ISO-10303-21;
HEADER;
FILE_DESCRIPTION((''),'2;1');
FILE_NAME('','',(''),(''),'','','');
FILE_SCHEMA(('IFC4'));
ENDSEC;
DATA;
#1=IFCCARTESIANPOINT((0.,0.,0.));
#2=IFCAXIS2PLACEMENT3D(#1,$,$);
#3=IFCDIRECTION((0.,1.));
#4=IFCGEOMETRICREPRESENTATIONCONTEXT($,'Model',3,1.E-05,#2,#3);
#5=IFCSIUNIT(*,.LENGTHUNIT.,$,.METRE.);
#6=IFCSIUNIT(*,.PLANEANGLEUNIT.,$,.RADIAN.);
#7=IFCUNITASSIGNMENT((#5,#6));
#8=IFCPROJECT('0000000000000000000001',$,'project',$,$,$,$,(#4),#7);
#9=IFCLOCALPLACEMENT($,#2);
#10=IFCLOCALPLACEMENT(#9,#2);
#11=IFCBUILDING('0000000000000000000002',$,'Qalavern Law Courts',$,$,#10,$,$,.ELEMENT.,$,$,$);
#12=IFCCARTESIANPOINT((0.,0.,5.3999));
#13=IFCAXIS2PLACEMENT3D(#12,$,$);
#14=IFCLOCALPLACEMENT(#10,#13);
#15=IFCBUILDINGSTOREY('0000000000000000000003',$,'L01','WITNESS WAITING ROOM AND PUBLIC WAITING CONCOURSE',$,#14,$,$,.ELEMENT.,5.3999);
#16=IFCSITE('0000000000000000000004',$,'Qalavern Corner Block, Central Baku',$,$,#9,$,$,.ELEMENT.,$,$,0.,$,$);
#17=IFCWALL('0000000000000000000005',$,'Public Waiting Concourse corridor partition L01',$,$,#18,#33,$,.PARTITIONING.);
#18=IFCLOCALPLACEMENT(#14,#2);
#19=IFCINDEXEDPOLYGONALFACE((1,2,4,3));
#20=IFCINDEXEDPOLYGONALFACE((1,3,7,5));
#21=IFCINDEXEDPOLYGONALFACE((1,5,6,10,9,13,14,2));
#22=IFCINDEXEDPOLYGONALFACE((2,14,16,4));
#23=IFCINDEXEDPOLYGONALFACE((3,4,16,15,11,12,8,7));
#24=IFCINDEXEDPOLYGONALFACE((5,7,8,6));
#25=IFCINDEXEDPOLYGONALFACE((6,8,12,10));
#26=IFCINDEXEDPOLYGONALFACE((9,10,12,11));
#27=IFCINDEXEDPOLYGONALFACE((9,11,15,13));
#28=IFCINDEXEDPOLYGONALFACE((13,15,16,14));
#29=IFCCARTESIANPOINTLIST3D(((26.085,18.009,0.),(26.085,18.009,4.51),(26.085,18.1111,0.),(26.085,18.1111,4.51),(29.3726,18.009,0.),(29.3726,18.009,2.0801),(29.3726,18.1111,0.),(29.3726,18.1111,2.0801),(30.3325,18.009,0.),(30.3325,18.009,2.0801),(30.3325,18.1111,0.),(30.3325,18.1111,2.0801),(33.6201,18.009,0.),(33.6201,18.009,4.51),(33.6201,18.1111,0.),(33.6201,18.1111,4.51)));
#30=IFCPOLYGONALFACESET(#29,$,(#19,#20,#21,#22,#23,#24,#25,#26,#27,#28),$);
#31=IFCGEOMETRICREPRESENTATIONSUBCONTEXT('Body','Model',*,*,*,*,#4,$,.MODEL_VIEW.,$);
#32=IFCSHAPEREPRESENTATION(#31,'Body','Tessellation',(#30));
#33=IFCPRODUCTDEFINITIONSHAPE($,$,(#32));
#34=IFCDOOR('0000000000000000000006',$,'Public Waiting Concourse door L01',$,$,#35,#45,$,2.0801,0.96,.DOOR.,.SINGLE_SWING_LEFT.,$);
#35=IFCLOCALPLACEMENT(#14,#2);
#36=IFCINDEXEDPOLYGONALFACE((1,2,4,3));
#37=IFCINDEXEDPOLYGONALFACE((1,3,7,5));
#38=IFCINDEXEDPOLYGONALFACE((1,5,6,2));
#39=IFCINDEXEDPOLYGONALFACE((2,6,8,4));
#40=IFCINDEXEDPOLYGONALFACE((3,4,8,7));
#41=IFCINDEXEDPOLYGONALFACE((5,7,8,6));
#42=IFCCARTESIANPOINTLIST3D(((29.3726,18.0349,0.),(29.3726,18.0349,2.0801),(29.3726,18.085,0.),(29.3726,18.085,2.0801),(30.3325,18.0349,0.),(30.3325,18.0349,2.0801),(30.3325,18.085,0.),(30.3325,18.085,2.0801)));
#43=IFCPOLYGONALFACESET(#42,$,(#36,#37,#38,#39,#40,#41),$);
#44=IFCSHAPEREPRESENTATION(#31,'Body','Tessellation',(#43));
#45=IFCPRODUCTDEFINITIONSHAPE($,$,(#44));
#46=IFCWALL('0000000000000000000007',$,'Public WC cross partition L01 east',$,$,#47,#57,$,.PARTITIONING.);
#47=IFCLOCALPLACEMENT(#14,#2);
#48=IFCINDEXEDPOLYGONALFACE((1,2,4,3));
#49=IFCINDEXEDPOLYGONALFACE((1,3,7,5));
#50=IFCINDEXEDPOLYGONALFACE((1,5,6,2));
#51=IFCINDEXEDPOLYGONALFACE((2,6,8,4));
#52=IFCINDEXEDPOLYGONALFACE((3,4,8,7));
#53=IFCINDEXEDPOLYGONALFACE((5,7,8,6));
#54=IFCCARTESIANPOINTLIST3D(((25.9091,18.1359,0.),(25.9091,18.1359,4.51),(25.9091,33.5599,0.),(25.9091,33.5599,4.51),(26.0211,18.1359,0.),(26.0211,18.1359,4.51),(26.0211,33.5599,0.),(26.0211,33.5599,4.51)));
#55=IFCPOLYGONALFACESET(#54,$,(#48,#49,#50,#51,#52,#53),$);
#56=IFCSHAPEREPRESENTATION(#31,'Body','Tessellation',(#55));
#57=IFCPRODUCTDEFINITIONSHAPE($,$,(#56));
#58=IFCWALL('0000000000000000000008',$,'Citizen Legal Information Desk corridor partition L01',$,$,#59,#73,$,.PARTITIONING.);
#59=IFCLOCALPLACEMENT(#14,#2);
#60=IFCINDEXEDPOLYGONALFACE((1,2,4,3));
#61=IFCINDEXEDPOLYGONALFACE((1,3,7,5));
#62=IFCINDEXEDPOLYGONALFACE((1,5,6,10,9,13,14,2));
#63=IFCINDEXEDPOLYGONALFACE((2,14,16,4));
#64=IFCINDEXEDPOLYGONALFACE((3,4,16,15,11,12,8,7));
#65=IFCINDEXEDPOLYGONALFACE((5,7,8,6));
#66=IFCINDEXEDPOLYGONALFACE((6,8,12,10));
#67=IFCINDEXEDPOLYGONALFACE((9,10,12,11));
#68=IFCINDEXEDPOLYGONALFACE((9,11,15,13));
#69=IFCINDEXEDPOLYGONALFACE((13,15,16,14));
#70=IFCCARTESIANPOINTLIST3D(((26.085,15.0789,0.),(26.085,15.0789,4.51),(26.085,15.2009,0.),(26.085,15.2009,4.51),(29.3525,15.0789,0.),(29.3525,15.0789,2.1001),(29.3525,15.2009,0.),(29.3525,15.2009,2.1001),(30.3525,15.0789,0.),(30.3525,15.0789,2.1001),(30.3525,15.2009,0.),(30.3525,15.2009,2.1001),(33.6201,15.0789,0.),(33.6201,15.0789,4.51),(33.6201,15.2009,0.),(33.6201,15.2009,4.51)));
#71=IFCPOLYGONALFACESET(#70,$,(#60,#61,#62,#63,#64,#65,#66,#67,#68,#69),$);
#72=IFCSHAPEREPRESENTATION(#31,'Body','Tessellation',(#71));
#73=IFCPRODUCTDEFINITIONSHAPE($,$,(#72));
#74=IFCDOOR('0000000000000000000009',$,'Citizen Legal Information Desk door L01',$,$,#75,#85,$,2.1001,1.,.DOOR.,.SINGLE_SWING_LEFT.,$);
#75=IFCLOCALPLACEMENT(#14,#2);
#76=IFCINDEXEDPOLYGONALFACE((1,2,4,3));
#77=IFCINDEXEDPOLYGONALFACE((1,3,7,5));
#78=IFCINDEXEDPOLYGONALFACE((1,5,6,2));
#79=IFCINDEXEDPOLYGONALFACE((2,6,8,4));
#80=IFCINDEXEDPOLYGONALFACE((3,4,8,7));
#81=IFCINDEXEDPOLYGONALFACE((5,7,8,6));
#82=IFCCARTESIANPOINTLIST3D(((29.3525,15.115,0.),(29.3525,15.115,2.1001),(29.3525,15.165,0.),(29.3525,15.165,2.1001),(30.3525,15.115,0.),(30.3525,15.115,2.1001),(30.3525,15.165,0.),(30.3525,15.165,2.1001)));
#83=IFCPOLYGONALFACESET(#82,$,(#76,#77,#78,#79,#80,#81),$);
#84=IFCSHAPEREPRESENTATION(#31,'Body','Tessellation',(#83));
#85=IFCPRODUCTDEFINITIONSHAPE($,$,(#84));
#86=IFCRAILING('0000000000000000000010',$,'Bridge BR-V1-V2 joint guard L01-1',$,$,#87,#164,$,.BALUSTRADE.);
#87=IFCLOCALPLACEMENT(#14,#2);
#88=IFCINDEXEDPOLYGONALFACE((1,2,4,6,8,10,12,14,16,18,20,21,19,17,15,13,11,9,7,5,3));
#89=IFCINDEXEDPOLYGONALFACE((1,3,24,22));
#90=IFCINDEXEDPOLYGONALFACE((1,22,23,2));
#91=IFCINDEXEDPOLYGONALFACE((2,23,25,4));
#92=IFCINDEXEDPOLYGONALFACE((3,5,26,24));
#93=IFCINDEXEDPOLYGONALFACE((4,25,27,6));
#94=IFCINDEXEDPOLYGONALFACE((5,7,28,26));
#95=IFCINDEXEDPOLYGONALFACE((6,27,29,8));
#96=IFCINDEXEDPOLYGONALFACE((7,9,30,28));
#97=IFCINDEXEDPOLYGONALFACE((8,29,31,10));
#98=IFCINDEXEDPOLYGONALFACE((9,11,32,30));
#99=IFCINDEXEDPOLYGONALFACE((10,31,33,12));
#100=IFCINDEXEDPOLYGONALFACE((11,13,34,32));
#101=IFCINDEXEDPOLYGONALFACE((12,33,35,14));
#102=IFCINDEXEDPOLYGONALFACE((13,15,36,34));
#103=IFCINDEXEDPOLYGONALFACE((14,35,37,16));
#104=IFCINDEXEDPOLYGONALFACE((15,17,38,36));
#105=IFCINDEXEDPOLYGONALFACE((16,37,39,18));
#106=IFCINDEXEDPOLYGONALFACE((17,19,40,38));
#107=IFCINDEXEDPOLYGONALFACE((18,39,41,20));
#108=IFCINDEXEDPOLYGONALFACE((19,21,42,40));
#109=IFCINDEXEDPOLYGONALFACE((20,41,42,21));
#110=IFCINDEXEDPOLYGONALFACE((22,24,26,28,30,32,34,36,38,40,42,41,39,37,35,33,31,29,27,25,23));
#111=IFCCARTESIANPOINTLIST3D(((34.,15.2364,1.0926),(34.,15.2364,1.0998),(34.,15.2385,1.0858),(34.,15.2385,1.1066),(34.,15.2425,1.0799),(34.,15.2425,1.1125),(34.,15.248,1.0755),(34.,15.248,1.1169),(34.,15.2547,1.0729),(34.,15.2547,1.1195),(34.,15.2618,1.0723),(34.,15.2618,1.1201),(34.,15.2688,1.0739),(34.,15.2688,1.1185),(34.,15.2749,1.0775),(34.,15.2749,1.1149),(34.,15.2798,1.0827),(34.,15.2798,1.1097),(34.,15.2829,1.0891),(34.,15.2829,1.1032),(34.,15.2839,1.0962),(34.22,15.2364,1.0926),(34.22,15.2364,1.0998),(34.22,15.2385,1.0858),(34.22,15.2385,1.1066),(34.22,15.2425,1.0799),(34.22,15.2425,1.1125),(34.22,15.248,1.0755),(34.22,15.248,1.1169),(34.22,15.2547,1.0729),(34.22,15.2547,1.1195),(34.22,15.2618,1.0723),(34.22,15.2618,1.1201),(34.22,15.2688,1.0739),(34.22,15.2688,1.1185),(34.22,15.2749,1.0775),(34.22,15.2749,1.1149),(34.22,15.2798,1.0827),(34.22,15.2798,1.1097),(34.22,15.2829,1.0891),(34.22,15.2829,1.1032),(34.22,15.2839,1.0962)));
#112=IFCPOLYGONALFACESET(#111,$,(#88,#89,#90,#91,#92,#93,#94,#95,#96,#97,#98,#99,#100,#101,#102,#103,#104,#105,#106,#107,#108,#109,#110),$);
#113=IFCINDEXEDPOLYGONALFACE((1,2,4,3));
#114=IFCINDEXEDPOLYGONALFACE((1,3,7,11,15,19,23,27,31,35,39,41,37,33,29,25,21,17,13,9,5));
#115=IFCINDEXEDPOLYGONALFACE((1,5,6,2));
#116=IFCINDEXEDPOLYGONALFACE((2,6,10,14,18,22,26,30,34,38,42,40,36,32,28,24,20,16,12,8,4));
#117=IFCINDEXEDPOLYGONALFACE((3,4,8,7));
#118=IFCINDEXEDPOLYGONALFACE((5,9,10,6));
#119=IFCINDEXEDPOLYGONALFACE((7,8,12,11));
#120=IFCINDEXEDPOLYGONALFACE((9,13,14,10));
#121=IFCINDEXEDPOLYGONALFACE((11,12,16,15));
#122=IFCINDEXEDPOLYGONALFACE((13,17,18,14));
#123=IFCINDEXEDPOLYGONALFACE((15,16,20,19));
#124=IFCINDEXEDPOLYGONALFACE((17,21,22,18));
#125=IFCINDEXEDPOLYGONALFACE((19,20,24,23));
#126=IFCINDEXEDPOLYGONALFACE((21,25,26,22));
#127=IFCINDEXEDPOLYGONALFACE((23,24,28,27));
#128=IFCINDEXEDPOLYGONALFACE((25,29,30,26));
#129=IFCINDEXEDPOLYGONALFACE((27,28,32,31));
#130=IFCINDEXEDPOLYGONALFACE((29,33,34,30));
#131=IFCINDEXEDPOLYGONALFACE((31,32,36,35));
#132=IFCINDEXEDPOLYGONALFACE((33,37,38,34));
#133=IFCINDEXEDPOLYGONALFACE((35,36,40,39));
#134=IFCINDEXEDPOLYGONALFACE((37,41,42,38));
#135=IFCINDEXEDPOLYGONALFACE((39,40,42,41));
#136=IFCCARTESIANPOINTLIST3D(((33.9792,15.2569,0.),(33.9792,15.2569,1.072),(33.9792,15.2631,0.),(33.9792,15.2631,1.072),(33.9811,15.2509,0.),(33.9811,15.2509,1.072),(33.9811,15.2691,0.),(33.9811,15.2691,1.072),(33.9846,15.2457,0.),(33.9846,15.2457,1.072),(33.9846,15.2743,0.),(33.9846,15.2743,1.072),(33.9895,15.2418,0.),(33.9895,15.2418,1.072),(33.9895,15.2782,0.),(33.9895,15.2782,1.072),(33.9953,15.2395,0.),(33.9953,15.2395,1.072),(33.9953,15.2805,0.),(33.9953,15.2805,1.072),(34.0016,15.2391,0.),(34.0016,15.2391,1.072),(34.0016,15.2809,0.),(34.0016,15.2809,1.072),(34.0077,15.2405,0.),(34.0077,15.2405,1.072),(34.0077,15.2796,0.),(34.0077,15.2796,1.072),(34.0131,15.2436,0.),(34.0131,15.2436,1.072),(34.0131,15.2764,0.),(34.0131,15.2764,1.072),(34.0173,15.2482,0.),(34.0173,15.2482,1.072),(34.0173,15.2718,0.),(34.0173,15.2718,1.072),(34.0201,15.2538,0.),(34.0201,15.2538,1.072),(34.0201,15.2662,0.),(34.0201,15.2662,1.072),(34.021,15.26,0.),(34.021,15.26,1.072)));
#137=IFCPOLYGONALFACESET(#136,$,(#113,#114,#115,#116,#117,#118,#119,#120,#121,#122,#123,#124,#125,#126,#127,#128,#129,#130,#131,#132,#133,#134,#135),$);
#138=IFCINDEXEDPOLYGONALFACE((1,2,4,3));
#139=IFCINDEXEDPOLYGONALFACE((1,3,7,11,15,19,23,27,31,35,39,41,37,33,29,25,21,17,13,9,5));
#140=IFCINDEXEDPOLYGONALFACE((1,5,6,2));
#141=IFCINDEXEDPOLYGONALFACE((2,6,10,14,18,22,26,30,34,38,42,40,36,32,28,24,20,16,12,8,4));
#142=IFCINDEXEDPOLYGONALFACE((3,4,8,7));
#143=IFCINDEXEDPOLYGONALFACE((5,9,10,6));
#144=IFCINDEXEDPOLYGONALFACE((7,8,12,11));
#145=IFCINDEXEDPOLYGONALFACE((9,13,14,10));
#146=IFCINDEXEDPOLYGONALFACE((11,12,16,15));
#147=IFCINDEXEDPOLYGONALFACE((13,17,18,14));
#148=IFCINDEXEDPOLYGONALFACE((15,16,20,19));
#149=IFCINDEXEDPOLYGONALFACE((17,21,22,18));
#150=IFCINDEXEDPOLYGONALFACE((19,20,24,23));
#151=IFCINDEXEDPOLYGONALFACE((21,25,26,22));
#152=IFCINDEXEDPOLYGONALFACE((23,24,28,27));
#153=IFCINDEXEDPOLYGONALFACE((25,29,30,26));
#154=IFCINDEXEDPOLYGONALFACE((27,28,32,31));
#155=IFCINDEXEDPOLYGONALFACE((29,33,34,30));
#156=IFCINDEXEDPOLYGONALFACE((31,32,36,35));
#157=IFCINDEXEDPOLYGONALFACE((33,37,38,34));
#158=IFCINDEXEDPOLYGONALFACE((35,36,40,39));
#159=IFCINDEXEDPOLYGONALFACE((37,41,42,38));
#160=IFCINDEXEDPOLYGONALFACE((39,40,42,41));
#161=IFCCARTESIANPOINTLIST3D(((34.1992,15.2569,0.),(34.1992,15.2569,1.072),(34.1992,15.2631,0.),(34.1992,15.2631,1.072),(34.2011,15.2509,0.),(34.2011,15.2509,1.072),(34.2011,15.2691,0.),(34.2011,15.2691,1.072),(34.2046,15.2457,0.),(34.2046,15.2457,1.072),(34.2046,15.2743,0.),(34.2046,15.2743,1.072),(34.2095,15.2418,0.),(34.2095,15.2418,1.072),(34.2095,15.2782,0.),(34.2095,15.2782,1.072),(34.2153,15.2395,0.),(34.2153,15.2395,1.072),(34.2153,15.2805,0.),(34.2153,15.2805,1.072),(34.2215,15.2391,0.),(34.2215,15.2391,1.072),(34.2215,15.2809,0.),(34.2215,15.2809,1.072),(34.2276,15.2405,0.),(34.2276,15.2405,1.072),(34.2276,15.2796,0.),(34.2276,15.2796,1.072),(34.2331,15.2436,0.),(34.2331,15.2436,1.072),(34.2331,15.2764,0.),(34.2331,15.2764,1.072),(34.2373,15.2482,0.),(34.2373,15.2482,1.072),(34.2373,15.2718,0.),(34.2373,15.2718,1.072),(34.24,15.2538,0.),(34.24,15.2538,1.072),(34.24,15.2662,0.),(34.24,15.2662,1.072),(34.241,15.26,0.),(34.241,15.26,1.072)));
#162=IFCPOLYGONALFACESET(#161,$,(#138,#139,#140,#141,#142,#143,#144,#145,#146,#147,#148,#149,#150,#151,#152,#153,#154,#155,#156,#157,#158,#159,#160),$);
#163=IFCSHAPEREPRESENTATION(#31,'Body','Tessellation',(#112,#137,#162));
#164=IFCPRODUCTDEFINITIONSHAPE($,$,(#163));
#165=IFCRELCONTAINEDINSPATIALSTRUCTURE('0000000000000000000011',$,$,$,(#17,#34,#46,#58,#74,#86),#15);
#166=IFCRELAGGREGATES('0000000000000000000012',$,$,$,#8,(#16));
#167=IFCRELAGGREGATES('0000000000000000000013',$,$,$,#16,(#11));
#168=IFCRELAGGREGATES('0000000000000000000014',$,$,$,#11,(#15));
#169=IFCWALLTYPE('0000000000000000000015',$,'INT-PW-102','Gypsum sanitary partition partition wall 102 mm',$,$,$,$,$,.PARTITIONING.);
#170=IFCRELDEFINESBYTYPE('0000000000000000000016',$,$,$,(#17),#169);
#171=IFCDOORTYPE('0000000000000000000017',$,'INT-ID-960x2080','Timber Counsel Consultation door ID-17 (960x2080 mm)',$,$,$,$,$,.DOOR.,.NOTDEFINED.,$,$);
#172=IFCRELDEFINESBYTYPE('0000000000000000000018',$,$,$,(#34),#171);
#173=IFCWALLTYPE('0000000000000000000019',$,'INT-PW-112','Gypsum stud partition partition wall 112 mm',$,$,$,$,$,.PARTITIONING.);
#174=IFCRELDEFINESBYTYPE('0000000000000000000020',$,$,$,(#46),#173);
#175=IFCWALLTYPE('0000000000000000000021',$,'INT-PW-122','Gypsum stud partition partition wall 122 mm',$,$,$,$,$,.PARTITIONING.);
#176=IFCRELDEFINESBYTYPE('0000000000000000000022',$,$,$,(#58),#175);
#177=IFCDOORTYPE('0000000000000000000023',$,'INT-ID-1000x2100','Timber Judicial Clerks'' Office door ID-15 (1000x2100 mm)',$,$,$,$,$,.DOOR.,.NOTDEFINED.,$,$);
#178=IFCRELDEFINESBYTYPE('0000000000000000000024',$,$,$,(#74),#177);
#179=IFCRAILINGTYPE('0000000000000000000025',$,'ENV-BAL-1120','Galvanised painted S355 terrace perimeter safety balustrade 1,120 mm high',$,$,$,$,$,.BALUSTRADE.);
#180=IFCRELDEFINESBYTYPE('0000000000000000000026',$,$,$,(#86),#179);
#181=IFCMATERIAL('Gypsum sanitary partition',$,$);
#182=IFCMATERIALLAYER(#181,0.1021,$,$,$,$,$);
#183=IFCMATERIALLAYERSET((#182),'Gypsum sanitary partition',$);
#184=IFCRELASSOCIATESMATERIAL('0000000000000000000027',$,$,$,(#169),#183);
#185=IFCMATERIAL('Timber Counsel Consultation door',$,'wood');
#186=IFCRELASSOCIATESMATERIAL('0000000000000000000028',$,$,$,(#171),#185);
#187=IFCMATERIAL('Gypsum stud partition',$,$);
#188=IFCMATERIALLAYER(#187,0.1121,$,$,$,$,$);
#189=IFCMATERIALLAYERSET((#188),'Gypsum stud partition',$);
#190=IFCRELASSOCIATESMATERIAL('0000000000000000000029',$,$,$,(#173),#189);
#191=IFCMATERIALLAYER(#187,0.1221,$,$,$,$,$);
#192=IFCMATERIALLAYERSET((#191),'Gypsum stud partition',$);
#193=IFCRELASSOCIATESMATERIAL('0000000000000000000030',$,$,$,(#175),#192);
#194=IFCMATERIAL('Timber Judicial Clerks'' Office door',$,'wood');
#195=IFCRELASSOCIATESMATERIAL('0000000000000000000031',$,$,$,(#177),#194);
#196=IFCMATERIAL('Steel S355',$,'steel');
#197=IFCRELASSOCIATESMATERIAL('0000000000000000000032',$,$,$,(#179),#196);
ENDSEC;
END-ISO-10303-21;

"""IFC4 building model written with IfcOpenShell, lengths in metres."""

from ifc_helpers import new_model, si_unit, direction, frame, frame_2d, origin, origin_2d, place, context, subcontext, project, spatial, rectangle, circle, extrude, material, layer, layer_set, type_object, element, fill, save


model = new_model("IFC4")

# Units and contexts
model_context = context("Model", 3, precision=1e-05, world=origin(), true_north=direction((0.0, 1.0)))
body_context = subcontext(model_context, "Body", "Model", "MODEL_VIEW")
ifc_project = project(units=[si_unit("LENGTHUNIT", "METRE"), si_unit("PLANEANGLEUNIT", "RADIAN")], contexts=[model_context])

# Site, building, storey
site_placement = place(None, origin())
site = spatial("IfcSite", under=ifc_project, at=site_placement, Name="Qalavern Corner Block, Central Baku", CompositionType="ELEMENT", RefElevation=0.0)
building_placement = place(site_placement, origin())
building = spatial("IfcBuilding", under=site, at=building_placement, Name="Qalavern Law Courts", CompositionType="ELEMENT")
storey_placement = place(building_placement, frame((0.0, 0.0, 5.3999)))
storey = spatial("IfcBuildingStorey", under=building, at=storey_placement, Name="L01", Description="WITNESS WAITING ROOM AND PUBLIC WAITING CONCOURSE", CompositionType="ELEMENT", Elevation=5.3999)

# Shared definitions
ifc_material_1 = material(Name="Steel S355", Category="steel")

# Wall, opening, door
ifc_material_2 = material(Name="Gypsum sanitary partition")
ifc_layer_1 = layer(ifc_material_2, 0.1021)
ifc_layer_set_1 = layer_set([ifc_layer_1], Name="Gypsum sanitary partition")
wall_type_1 = type_object("IfcWallType", Name="INT-PW-102", Description="Gypsum sanitary partition partition wall 102 mm", PredefinedType="PARTITIONING", material=ifc_layer_set_1)
wall_1_placement = place(storey_placement, frame((26.085, 18.0601, 0.0), z_axis=(0.0, 0.0, 1.0), x_axis=(1.0, 0.0, 0.0)))
wall_1 = element("IfcWall", 1, at=wall_1_placement, inside=storey, type_object=wall_type_1, Name="Public Waiting Concourse corridor partition L01", PredefinedType="PARTITIONING", context=body_context, shape_type="SweptSolid", body=[
    extrude(rectangle(XDim=7.5352, YDim=0.1021, at=frame_2d((3.7676, 0.0))), origin(), (0.0, 0.0, 1.0), 4.51),
])
opening_1_placement = place(wall_1_placement, frame((3.2876, 0.0, 0.0)))
opening_1 = element("IfcOpeningElement", 2, at=opening_1_placement, cuts=wall_1, PredefinedType="OPENING", context=body_context, shape_type="SweptSolid", body=[
    extrude(rectangle(XDim=0.96, YDim=2.0801, at=frame_2d((0.48, 1.04))), frame((0.0, 0.0659, 0.0), z_axis=(0.0, -1.0, 0.0), x_axis=(1.0, 0.0, 0.0)), (0.0, 0.0, 1.0), 0.1318),
])
ifc_material_3 = material(Name="Timber Counsel Consultation door", Category="wood")
door_type_1 = type_object("IfcDoorType", Name="INT-ID-960x2080", Description="Timber Counsel Consultation door ID-17 (960x2080 mm)", OperationType="NOTDEFINED", PredefinedType="DOOR", material=ifc_material_3)
door_1_placement = place(opening_1_placement, origin())
door_1 = element("IfcDoor", 3, at=door_1_placement, inside=storey, type_object=door_type_1, Name="Public Waiting Concourse door L01", OperationType="SINGLE_SWING_LEFT", OverallHeight=2.0801, OverallWidth=0.96, PredefinedType="DOOR", context=body_context, shape_type="SweptSolid", body=[
    extrude(rectangle(XDim=0.96, YDim=2.0801, at=frame_2d((0.48, 1.04))), frame((0.0, 0.0249, 0.0), z_axis=(0.0, -1.0, 0.0), x_axis=(1.0, 0.0, 0.0)), (0.0, 0.0, 1.0), 0.05),
])
fill(opening_1, door_1)

# Wall
ifc_material_4 = material(Name="Gypsum stud partition")
ifc_layer_2 = layer(ifc_material_4, 0.1121)
ifc_layer_set_2 = layer_set([ifc_layer_2], Name="Gypsum stud partition")
wall_type_2 = type_object("IfcWallType", Name="INT-PW-112", Description="Gypsum stud partition partition wall 112 mm", PredefinedType="PARTITIONING", material=ifc_layer_set_2)
wall_2_placement = place(storey_placement, frame((25.9651, 18.136, 0.0), z_axis=(0.0, 0.0, 1.0), x_axis=(0.0, 1.0, 0.0)))
element("IfcWall", 4, at=wall_2_placement, inside=storey, type_object=wall_type_2, Name="Public WC cross partition L01 east", PredefinedType="PARTITIONING", context=body_context, shape_type="SweptSolid", body=[
    extrude(rectangle(XDim=15.4241, YDim=0.1121, at=frame_2d((7.7119, 0.0))), origin(), (0.0, 0.0, 1.0), 4.51),
])

# Wall, opening, door
ifc_layer_3 = layer(ifc_material_4, 0.1221)
ifc_layer_set_3 = layer_set([ifc_layer_3], Name="Gypsum stud partition")
wall_type_3 = type_object("IfcWallType", Name="INT-PW-122", Description="Gypsum stud partition partition wall 122 mm", PredefinedType="PARTITIONING", material=ifc_layer_set_3)
wall_3_placement = place(storey_placement, frame((26.085, 15.1399, 0.0), z_axis=(0.0, 0.0, 1.0), x_axis=(1.0, 0.0, 0.0)))
wall_3 = element("IfcWall", 5, at=wall_3_placement, inside=storey, type_object=wall_type_3, Name="Citizen Legal Information Desk corridor partition L01", PredefinedType="PARTITIONING", context=body_context, shape_type="SweptSolid", body=[
    extrude(rectangle(XDim=7.5352, YDim=0.1221, at=frame_2d((3.7676, 0.0))), origin(), (0.0, 0.0, 1.0), 4.51),
])
opening_2_placement = place(wall_3_placement, frame((3.2676, 0.0, 0.0)))
opening_2 = element("IfcOpeningElement", 6, at=opening_2_placement, cuts=wall_3, PredefinedType="OPENING", context=body_context, shape_type="SweptSolid", body=[
    extrude(rectangle(XDim=1.0, YDim=2.1001, at=frame_2d((0.5, 1.05))), frame((0.0, 0.0759, 0.0), z_axis=(0.0, -1.0, 0.0), x_axis=(1.0, 0.0, 0.0)), (0.0, 0.0, 1.0), 0.1519),
])
ifc_material_5 = material(Name="Timber Judicial Clerks' Office door", Category="wood")
door_type_2 = type_object("IfcDoorType", Name="INT-ID-1000x2100", Description="Timber Judicial Clerks' Office door ID-15 (1000x2100 mm)", OperationType="NOTDEFINED", PredefinedType="DOOR", material=ifc_material_5)
door_2_placement = place(opening_2_placement, frame((1.0, 0.0, 0.0), z_axis=(0.0, 0.0, 1.0), x_axis=(-1.0, 0.0, 0.0)))
door_2 = element("IfcDoor", 7, at=door_2_placement, inside=storey, type_object=door_type_2, Name="Citizen Legal Information Desk door L01", OperationType="SINGLE_SWING_LEFT", OverallHeight=2.1001, OverallWidth=1.0, PredefinedType="DOOR", context=body_context, shape_type="SweptSolid", body=[
    extrude(rectangle(XDim=1.0, YDim=2.1001, at=frame_2d((0.5, 1.05))), frame((0.0, 0.0249, 0.0), z_axis=(0.0, -1.0, 0.0), x_axis=(1.0, 0.0, 0.0)), (0.0, 0.0, 1.0), 0.05),
])
fill(opening_2, door_2)

# Railing
railing_type = type_object("IfcRailingType", Name="ENV-BAL-1120", Description="Galvanised painted S355 terrace perimeter safety balustrade 1,120 mm high", PredefinedType="BALUSTRADE", material=ifc_material_1)
for number, where, name in (
    (8, (34.0, 15.26, 0.0), "Bridge BR-V1-V2 joint guard L01-1"),
):
    element("IfcRailing", number, at=place(storey_placement, frame(where)), inside=storey, type_object=railing_type, Name=name, PredefinedType="BALUSTRADE", context=body_context, shape_type="SweptSolid", body=[
        extrude(circle(Radius=0.0239, at=origin_2d()), frame((0.0, 0.0, 1.0962), z_axis=(1.0, 0.0, 0.0), x_axis=(0.0, 1.0, 0.0)), (0.0, 0.0, 1.0), 0.22),
        extrude(circle(Radius=0.021, at=origin_2d()), origin(), (0.0, 0.0, 1.0), 1.072),
        extrude(circle(Radius=0.021, at=origin_2d()), frame((0.22, 0.0, 0.0)), (0.0, 0.0, 1.0), 1.072),
    ])

save(model, "model.ifc")
